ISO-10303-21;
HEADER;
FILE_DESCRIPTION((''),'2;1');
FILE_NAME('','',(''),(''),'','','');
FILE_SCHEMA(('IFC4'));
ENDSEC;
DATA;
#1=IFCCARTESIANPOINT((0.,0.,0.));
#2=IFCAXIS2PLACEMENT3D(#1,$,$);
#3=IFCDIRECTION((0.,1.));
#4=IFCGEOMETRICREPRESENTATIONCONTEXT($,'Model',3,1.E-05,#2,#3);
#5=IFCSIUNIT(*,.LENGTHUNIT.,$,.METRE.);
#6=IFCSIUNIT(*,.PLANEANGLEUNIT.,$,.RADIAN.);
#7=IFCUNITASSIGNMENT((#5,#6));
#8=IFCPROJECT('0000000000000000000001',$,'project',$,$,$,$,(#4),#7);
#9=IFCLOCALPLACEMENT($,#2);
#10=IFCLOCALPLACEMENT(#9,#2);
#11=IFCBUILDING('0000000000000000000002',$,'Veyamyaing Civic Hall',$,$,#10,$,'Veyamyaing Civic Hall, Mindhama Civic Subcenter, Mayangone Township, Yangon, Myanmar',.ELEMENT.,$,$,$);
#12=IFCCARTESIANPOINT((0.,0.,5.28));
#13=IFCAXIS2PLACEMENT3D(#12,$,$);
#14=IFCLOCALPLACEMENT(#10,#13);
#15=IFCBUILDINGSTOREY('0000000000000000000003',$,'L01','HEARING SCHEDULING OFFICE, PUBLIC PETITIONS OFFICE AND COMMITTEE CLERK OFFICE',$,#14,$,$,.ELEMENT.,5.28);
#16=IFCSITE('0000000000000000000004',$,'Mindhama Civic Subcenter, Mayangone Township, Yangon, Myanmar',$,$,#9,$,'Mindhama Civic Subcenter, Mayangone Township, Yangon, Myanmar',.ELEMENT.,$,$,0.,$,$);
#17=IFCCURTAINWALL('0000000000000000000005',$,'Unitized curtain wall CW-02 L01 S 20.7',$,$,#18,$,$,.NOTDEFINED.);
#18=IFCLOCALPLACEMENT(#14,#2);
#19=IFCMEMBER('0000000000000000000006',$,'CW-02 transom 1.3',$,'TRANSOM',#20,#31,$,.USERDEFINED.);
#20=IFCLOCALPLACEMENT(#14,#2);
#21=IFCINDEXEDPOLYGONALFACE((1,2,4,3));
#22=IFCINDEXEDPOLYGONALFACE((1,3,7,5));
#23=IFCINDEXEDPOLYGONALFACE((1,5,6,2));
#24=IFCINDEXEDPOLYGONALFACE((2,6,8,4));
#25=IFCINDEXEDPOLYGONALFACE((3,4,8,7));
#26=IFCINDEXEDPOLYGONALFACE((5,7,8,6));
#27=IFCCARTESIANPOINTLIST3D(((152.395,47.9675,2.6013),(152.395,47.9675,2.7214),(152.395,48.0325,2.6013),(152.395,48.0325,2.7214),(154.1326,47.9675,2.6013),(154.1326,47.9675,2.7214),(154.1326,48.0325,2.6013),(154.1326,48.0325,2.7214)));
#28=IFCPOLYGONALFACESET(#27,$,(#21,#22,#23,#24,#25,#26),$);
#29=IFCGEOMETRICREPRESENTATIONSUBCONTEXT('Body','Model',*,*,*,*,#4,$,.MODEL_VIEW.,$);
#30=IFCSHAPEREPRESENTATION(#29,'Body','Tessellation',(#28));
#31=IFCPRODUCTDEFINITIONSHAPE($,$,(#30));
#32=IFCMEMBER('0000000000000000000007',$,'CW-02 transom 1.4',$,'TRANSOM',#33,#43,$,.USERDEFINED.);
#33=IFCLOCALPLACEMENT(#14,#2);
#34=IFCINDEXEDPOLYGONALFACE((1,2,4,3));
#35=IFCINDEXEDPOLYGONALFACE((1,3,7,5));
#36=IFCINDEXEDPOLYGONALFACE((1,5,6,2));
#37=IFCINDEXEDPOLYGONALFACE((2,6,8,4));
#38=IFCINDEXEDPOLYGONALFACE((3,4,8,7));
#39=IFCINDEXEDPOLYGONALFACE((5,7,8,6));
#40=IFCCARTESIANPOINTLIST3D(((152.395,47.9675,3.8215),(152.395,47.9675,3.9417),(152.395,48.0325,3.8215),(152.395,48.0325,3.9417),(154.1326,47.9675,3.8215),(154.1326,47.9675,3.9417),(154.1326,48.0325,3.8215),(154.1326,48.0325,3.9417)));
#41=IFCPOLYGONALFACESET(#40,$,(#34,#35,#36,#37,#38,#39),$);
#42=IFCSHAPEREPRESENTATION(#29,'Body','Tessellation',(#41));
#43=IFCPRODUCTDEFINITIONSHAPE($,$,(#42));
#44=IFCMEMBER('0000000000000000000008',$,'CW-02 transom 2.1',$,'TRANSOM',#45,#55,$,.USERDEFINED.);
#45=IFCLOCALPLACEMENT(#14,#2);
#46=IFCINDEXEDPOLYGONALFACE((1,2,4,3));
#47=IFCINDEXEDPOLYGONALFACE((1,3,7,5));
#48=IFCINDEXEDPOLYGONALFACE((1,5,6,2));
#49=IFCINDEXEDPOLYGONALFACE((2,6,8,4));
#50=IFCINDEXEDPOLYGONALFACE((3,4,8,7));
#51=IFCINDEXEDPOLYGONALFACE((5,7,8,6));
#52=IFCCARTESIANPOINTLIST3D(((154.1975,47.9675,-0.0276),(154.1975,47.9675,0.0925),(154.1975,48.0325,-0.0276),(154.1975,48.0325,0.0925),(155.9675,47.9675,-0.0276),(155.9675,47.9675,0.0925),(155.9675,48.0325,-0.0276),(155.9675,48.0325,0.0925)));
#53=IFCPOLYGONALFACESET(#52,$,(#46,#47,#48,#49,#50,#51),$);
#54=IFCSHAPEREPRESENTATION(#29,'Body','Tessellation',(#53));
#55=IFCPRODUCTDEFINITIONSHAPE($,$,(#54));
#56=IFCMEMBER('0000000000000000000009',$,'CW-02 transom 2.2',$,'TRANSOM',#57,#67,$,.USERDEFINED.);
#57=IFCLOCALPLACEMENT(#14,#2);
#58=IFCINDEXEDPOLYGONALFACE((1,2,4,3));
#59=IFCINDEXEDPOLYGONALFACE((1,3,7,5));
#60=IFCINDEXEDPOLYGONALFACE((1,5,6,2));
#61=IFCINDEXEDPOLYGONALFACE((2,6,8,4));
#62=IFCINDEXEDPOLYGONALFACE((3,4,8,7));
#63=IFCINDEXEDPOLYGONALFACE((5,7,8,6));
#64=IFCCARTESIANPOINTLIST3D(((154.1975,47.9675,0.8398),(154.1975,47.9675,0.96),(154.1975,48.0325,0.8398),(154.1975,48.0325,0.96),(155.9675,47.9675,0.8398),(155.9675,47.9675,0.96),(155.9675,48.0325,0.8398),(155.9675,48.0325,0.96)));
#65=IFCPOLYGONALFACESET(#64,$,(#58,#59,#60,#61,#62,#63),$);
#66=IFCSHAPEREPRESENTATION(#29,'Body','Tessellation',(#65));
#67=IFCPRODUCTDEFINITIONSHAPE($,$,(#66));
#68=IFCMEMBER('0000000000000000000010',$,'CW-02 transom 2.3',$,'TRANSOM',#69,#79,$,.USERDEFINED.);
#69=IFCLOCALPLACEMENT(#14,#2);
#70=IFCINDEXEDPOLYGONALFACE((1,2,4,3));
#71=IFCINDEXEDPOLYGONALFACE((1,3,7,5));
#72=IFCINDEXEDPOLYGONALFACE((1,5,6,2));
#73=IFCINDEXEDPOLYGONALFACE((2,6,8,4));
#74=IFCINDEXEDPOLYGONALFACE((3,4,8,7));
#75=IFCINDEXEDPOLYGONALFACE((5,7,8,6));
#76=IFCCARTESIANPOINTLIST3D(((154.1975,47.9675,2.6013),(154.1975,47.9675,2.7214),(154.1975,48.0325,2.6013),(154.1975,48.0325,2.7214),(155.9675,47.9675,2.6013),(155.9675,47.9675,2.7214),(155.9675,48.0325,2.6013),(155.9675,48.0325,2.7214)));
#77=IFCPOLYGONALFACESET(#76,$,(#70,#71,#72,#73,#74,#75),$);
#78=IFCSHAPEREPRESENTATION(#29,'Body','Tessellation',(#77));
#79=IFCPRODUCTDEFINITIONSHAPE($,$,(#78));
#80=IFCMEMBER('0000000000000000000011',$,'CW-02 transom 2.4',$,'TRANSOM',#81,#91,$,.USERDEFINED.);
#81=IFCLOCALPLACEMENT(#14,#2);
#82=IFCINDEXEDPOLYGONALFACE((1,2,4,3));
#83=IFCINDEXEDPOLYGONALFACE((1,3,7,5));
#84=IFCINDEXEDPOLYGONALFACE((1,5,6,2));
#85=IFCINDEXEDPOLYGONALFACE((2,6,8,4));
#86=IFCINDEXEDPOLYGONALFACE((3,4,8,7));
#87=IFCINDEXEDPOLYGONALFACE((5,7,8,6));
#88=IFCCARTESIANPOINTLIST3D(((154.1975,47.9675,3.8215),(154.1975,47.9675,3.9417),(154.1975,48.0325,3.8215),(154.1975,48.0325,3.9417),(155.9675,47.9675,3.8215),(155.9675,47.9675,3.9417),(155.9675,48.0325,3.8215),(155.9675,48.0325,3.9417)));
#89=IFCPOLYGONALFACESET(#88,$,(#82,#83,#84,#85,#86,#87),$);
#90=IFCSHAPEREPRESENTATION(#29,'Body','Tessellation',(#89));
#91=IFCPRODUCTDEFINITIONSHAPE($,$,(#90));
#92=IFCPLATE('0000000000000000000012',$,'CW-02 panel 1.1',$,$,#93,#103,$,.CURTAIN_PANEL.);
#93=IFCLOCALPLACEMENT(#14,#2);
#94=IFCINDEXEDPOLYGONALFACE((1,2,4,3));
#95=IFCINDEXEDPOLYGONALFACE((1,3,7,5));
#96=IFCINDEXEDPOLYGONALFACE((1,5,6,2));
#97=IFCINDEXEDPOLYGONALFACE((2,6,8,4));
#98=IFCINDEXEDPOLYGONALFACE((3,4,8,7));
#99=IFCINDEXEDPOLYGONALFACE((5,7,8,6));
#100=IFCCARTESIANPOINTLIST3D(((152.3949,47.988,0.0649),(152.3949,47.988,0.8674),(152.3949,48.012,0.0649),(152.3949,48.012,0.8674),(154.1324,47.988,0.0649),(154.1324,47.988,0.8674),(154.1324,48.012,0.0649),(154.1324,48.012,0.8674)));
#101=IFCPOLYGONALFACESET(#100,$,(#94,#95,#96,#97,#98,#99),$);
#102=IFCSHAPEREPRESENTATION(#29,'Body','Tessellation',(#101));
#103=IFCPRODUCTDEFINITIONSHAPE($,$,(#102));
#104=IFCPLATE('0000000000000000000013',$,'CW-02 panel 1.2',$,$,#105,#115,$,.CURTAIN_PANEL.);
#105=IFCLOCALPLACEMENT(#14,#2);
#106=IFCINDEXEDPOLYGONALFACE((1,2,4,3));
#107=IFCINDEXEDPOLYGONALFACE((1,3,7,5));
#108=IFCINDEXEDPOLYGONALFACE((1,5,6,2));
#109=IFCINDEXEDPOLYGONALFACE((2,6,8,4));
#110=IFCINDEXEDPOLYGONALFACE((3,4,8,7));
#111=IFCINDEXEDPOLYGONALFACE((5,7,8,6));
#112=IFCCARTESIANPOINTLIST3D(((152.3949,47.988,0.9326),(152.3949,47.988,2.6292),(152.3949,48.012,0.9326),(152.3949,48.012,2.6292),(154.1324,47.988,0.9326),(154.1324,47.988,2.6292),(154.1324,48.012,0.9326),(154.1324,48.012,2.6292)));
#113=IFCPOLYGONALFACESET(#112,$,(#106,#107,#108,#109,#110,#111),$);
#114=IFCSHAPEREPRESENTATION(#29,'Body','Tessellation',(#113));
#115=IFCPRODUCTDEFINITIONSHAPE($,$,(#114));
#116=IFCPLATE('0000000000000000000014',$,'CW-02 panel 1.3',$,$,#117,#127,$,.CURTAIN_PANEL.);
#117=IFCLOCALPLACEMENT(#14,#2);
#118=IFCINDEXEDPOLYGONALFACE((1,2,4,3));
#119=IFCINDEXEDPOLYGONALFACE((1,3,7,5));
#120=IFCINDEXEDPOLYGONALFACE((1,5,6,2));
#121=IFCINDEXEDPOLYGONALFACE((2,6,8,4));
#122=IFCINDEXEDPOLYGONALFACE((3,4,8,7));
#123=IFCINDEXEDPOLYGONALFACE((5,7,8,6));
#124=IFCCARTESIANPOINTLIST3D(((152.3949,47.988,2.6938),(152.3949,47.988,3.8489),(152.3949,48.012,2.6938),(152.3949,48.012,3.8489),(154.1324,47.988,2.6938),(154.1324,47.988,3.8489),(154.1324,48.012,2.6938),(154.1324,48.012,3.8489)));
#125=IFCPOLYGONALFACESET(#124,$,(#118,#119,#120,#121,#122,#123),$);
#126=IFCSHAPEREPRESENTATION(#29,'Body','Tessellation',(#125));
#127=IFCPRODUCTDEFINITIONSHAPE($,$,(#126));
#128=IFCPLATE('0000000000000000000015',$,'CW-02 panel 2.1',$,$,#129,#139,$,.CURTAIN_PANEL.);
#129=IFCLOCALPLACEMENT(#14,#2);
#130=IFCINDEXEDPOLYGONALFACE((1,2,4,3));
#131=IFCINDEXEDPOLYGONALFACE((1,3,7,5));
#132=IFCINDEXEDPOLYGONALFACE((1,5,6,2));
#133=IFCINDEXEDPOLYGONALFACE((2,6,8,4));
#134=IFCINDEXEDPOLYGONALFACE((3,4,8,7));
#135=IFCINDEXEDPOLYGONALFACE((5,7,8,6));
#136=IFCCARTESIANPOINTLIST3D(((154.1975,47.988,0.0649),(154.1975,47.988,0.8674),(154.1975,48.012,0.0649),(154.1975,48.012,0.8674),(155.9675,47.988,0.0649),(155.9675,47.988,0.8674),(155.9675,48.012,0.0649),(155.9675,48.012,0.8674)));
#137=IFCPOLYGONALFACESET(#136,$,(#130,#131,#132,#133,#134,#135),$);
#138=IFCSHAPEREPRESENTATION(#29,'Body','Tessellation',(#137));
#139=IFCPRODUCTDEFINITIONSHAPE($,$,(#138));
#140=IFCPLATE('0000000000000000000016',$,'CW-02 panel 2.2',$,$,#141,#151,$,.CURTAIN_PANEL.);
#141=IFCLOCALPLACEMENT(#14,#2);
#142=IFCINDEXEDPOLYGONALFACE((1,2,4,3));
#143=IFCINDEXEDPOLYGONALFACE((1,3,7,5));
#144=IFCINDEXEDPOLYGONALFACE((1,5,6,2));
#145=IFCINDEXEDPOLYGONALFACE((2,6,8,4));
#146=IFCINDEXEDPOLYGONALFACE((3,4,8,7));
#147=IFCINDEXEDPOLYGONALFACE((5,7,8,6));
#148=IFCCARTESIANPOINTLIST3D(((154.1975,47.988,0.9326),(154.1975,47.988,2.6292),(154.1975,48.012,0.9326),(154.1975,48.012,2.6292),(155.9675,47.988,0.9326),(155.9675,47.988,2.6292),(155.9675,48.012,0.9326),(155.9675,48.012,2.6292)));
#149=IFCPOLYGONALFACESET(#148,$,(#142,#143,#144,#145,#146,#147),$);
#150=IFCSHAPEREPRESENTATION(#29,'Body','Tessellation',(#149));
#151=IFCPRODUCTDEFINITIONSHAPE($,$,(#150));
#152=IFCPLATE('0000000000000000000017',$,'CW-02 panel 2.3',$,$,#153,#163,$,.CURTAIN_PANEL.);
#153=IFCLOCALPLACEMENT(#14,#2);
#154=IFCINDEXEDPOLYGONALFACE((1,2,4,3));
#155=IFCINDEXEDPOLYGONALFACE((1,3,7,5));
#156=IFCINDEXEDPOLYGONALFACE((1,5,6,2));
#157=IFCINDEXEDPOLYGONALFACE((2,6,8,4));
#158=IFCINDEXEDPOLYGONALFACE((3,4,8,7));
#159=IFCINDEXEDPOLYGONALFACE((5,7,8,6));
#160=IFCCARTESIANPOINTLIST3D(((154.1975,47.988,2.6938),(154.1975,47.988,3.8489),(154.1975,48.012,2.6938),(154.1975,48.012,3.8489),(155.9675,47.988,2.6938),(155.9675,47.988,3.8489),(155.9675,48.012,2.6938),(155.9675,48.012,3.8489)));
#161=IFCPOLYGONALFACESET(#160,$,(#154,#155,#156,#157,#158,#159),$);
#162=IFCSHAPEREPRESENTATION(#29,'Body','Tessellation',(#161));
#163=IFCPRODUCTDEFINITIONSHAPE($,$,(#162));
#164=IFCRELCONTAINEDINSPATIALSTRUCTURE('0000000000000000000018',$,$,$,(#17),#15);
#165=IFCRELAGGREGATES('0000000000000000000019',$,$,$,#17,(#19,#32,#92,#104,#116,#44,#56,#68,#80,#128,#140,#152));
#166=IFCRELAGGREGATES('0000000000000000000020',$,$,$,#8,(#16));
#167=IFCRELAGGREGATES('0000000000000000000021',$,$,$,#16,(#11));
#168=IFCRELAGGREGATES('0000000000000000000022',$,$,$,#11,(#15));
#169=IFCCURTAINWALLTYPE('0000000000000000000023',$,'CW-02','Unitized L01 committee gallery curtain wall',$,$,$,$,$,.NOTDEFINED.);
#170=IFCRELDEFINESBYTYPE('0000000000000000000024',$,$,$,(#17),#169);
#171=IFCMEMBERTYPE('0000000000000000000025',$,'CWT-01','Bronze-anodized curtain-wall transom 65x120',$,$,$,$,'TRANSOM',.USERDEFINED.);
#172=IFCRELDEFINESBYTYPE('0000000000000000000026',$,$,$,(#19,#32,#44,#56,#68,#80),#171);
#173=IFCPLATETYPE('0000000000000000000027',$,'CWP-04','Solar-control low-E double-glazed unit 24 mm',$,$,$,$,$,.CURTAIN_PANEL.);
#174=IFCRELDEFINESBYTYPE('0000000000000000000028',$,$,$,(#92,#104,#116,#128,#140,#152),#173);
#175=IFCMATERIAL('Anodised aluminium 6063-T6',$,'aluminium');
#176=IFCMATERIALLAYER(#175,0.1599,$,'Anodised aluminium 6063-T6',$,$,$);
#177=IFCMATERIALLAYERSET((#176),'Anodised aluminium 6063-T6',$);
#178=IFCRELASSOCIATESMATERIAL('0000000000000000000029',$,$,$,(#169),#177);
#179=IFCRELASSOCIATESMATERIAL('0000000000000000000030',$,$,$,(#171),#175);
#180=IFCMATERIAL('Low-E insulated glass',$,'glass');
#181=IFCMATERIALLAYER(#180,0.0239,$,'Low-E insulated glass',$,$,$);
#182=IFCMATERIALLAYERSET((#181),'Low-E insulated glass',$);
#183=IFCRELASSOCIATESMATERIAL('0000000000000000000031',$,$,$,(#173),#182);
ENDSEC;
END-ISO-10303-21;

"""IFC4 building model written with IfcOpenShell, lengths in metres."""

from ifc_helpers import new_model, si_unit, direction, frame, origin, origin_2d, place, context, subcontext, project, spatial, rectangle, extrude, material, layer, layer_set, material_profile, profile_set, type_object, element, aggregate, save


model = new_model("IFC4")

# Units and contexts
model_context = context("Model", 3, precision=1e-05, world=origin(), true_north=direction((0.0, 1.0)))
body_context = subcontext(model_context, "Body", "Model", "MODEL_VIEW")
ifc_project = project(units=[si_unit("LENGTHUNIT", "METRE"), si_unit("PLANEANGLEUNIT", "RADIAN")], contexts=[model_context])

# Site, building, storey
site_placement = place(None, origin())
site = spatial("IfcSite", under=ifc_project, at=site_placement, Name="Mindhama Civic Subcenter, Mayangone Township, Yangon, Myanmar", LongName="Mindhama Civic Subcenter, Mayangone Township, Yangon, Myanmar", CompositionType="ELEMENT", RefElevation=0.0)
building_placement = place(site_placement, origin())
building = spatial("IfcBuilding", under=site, at=building_placement, Name="Veyamyaing Civic Hall", LongName="Veyamyaing Civic Hall, Mindhama Civic Subcenter, Mayangone Township, Yangon, Myanmar", CompositionType="ELEMENT")
storey_placement = place(building_placement, frame((0.0, 0.0, 5.28)))
storey = spatial("IfcBuildingStorey", under=building, at=storey_placement, Name="L01", Description="HEARING SCHEDULING OFFICE, PUBLIC PETITIONS OFFICE AND COMMITTEE CLERK OFFICE", CompositionType="ELEMENT", Elevation=5.28)

# Shared definitions
ifc_material_1 = material(Name="Anodised aluminium 6063-T6", Category="aluminium")
ifc_layer_1 = layer(ifc_material_1, 0.1599, Name="Anodised aluminium 6063-T6")
ifc_layer_set_1 = layer_set([ifc_layer_1], Name="Anodised aluminium 6063-T6")
curtain_wall_type = type_object("IfcCurtainWallType", Name="CW-02", Description="Unitized L01 committee gallery curtain wall", PredefinedType="NOTDEFINED", material=ifc_layer_set_1)

# Curtain wall, members, plates
curtain_wall_1_placement = place(storey_placement, origin())
curtain_wall_1 = element("IfcCurtainWall", 1, at=curtain_wall_1_placement, inside=storey, type_object=curtain_wall_type, Name="Unitized curtain wall CW-02 L01 S 20.7", PredefinedType="NOTDEFINED")
ifc_material_profile_1 = material_profile(ifc_material_1, rectangle(XDim=0.0649, YDim=0.1201, at=origin_2d()), Name="ALU-TRN-65X120")
ifc_profile_set_1 = profile_set([ifc_material_profile_1], Name="Anodised aluminium 6063-T6")
member_type_1 = type_object("IfcMemberType", Name="CWT-01", Description="Bronze-anodized curtain-wall transom 65x120", ElementType="TRANSOM", PredefinedType="USERDEFINED", material=ifc_profile_set_1)
member_1_placement = place(storey_placement, frame((152.395, 48.0, 2.6614), z_axis=(1.0, 0.0, 0.0), x_axis=(0.0, 1.0, 0.0)))
member_1 = element("IfcMember", 2, at=member_1_placement, type_object=member_type_1, Name="CW-02 transom 1.3", ObjectType="TRANSOM", PredefinedType="USERDEFINED", context=body_context, shape_type="SweptSolid", body=[
    extrude(rectangle(XDim=0.0649, YDim=0.1201, at=origin_2d()), origin(), (0.0, 0.0, 1.0), 1.7375),
])
member_2_placement = place(storey_placement, frame((152.395, 48.0, 3.8816), z_axis=(1.0, 0.0, 0.0), x_axis=(0.0, 1.0, 0.0)))
member_2 = element("IfcMember", 3, at=member_2_placement, type_object=member_type_1, Name="CW-02 transom 1.4", ObjectType="TRANSOM", PredefinedType="USERDEFINED", context=body_context, shape_type="SweptSolid", body=[
    extrude(rectangle(XDim=0.0649, YDim=0.1201, at=origin_2d()), origin(), (0.0, 0.0, 1.0), 1.7375),
])
member_3_placement = place(storey_placement, frame((154.1975, 48.0, 0.0325), z_axis=(1.0, 0.0, 0.0), x_axis=(0.0, 1.0, 0.0)))
member_3 = element("IfcMember", 4, at=member_3_placement, type_object=member_type_1, Name="CW-02 transom 2.1", ObjectType="TRANSOM", PredefinedType="USERDEFINED", context=body_context, shape_type="SweptSolid", body=[
    extrude(rectangle(XDim=0.0649, YDim=0.1201, at=origin_2d()), origin(), (0.0, 0.0, 1.0), 1.77),
])
member_4_placement = place(storey_placement, frame((154.1975, 48.0, 0.8999), z_axis=(1.0, 0.0, 0.0), x_axis=(0.0, 1.0, 0.0)))
member_4 = element("IfcMember", 5, at=member_4_placement, type_object=member_type_1, Name="CW-02 transom 2.2", ObjectType="TRANSOM", PredefinedType="USERDEFINED", context=body_context, shape_type="SweptSolid", body=[
    extrude(rectangle(XDim=0.0649, YDim=0.1201, at=origin_2d()), origin(), (0.0, 0.0, 1.0), 1.77),
])
member_5_placement = place(storey_placement, frame((154.1975, 48.0, 2.6614), z_axis=(1.0, 0.0, 0.0), x_axis=(0.0, 1.0, 0.0)))
member_5 = element("IfcMember", 6, at=member_5_placement, type_object=member_type_1, Name="CW-02 transom 2.3", ObjectType="TRANSOM", PredefinedType="USERDEFINED", context=body_context, shape_type="SweptSolid", body=[
    extrude(rectangle(XDim=0.0649, YDim=0.1201, at=origin_2d()), origin(), (0.0, 0.0, 1.0), 1.77),
])
member_6_placement = place(storey_placement, frame((154.1975, 48.0, 3.8816), z_axis=(1.0, 0.0, 0.0), x_axis=(0.0, 1.0, 0.0)))
member_6 = element("IfcMember", 7, at=member_6_placement, type_object=member_type_1, Name="CW-02 transom 2.4", ObjectType="TRANSOM", PredefinedType="USERDEFINED", context=body_context, shape_type="SweptSolid", body=[
    extrude(rectangle(XDim=0.0649, YDim=0.1201, at=origin_2d()), origin(), (0.0, 0.0, 1.0), 1.77),
])
ifc_material_2 = material(Name="Low-E insulated glass", Category="glass")
ifc_layer_2 = layer(ifc_material_2, 0.0239, Name="Low-E insulated glass")
ifc_layer_set_2 = layer_set([ifc_layer_2], Name="Low-E insulated glass")
plate_type = type_object("IfcPlateType", Name="CWP-04", Description="Solar-control low-E double-glazed unit 24 mm", PredefinedType="CURTAIN_PANEL", material=ifc_layer_set_2)
plate_1_placement = place(storey_placement, frame((153.2637, 48.0, 0.0649), z_axis=(0.0, 0.0, 1.0), x_axis=(1.0, 0.0, 0.0)))
plate_1 = element("IfcPlate", 8, at=plate_1_placement, type_object=plate_type, Name="CW-02 panel 1.1", PredefinedType="CURTAIN_PANEL", context=body_context, shape_type="SweptSolid", body=[
    extrude(rectangle(XDim=1.7375, YDim=0.0239, at=origin_2d()), origin(), (0.0, 0.0, 1.0), 0.8025),
])
plate_2_placement = place(storey_placement, frame((153.2637, 48.0, 0.9326), z_axis=(0.0, 0.0, 1.0), x_axis=(1.0, 0.0, 0.0)))
plate_2 = element("IfcPlate", 9, at=plate_2_placement, type_object=plate_type, Name="CW-02 panel 1.2", PredefinedType="CURTAIN_PANEL", context=body_context, shape_type="SweptSolid", body=[
    extrude(rectangle(XDim=1.7375, YDim=0.0239, at=origin_2d()), origin(), (0.0, 0.0, 1.0), 1.6965),
])
plate_3_placement = place(storey_placement, frame((153.2637, 48.0, 2.6938), z_axis=(0.0, 0.0, 1.0), x_axis=(1.0, 0.0, 0.0)))
plate_3 = element("IfcPlate", 10, at=plate_3_placement, type_object=plate_type, Name="CW-02 panel 1.3", PredefinedType="CURTAIN_PANEL", context=body_context, shape_type="SweptSolid", body=[
    extrude(rectangle(XDim=1.7375, YDim=0.0239, at=origin_2d()), origin(), (0.0, 0.0, 1.0), 1.155),
])
plate_4_placement = place(storey_placement, frame((155.0825, 48.0, 0.0649), z_axis=(0.0, 0.0, 1.0), x_axis=(1.0, 0.0, 0.0)))
plate_4 = element("IfcPlate", 11, at=plate_4_placement, type_object=plate_type, Name="CW-02 panel 2.1", PredefinedType="CURTAIN_PANEL", context=body_context, shape_type="SweptSolid", body=[
    extrude(rectangle(XDim=1.77, YDim=0.0239, at=origin_2d()), origin(), (0.0, 0.0, 1.0), 0.8025),
])
plate_5_placement = place(storey_placement, frame((155.0825, 48.0, 0.9326), z_axis=(0.0, 0.0, 1.0), x_axis=(1.0, 0.0, 0.0)))
plate_5 = element("IfcPlate", 12, at=plate_5_placement, type_object=plate_type, Name="CW-02 panel 2.2", PredefinedType="CURTAIN_PANEL", context=body_context, shape_type="SweptSolid", body=[
    extrude(rectangle(XDim=1.77, YDim=0.0239, at=origin_2d()), origin(), (0.0, 0.0, 1.0), 1.6965),
])
plate_6_placement = place(storey_placement, frame((155.0825, 48.0, 2.6938), z_axis=(0.0, 0.0, 1.0), x_axis=(1.0, 0.0, 0.0)))
plate_6 = element("IfcPlate", 13, at=plate_6_placement, type_object=plate_type, Name="CW-02 panel 2.3", PredefinedType="CURTAIN_PANEL", context=body_context, shape_type="SweptSolid", body=[
    extrude(rectangle(XDim=1.77, YDim=0.0239, at=origin_2d()), origin(), (0.0, 0.0, 1.0), 1.155),
])
aggregate(curtain_wall_1, [member_1, member_2, plate_1, plate_2, plate_3, member_3, member_4, member_5, member_6, plate_4, plate_5, plate_6])

save(model, "model.ifc")
